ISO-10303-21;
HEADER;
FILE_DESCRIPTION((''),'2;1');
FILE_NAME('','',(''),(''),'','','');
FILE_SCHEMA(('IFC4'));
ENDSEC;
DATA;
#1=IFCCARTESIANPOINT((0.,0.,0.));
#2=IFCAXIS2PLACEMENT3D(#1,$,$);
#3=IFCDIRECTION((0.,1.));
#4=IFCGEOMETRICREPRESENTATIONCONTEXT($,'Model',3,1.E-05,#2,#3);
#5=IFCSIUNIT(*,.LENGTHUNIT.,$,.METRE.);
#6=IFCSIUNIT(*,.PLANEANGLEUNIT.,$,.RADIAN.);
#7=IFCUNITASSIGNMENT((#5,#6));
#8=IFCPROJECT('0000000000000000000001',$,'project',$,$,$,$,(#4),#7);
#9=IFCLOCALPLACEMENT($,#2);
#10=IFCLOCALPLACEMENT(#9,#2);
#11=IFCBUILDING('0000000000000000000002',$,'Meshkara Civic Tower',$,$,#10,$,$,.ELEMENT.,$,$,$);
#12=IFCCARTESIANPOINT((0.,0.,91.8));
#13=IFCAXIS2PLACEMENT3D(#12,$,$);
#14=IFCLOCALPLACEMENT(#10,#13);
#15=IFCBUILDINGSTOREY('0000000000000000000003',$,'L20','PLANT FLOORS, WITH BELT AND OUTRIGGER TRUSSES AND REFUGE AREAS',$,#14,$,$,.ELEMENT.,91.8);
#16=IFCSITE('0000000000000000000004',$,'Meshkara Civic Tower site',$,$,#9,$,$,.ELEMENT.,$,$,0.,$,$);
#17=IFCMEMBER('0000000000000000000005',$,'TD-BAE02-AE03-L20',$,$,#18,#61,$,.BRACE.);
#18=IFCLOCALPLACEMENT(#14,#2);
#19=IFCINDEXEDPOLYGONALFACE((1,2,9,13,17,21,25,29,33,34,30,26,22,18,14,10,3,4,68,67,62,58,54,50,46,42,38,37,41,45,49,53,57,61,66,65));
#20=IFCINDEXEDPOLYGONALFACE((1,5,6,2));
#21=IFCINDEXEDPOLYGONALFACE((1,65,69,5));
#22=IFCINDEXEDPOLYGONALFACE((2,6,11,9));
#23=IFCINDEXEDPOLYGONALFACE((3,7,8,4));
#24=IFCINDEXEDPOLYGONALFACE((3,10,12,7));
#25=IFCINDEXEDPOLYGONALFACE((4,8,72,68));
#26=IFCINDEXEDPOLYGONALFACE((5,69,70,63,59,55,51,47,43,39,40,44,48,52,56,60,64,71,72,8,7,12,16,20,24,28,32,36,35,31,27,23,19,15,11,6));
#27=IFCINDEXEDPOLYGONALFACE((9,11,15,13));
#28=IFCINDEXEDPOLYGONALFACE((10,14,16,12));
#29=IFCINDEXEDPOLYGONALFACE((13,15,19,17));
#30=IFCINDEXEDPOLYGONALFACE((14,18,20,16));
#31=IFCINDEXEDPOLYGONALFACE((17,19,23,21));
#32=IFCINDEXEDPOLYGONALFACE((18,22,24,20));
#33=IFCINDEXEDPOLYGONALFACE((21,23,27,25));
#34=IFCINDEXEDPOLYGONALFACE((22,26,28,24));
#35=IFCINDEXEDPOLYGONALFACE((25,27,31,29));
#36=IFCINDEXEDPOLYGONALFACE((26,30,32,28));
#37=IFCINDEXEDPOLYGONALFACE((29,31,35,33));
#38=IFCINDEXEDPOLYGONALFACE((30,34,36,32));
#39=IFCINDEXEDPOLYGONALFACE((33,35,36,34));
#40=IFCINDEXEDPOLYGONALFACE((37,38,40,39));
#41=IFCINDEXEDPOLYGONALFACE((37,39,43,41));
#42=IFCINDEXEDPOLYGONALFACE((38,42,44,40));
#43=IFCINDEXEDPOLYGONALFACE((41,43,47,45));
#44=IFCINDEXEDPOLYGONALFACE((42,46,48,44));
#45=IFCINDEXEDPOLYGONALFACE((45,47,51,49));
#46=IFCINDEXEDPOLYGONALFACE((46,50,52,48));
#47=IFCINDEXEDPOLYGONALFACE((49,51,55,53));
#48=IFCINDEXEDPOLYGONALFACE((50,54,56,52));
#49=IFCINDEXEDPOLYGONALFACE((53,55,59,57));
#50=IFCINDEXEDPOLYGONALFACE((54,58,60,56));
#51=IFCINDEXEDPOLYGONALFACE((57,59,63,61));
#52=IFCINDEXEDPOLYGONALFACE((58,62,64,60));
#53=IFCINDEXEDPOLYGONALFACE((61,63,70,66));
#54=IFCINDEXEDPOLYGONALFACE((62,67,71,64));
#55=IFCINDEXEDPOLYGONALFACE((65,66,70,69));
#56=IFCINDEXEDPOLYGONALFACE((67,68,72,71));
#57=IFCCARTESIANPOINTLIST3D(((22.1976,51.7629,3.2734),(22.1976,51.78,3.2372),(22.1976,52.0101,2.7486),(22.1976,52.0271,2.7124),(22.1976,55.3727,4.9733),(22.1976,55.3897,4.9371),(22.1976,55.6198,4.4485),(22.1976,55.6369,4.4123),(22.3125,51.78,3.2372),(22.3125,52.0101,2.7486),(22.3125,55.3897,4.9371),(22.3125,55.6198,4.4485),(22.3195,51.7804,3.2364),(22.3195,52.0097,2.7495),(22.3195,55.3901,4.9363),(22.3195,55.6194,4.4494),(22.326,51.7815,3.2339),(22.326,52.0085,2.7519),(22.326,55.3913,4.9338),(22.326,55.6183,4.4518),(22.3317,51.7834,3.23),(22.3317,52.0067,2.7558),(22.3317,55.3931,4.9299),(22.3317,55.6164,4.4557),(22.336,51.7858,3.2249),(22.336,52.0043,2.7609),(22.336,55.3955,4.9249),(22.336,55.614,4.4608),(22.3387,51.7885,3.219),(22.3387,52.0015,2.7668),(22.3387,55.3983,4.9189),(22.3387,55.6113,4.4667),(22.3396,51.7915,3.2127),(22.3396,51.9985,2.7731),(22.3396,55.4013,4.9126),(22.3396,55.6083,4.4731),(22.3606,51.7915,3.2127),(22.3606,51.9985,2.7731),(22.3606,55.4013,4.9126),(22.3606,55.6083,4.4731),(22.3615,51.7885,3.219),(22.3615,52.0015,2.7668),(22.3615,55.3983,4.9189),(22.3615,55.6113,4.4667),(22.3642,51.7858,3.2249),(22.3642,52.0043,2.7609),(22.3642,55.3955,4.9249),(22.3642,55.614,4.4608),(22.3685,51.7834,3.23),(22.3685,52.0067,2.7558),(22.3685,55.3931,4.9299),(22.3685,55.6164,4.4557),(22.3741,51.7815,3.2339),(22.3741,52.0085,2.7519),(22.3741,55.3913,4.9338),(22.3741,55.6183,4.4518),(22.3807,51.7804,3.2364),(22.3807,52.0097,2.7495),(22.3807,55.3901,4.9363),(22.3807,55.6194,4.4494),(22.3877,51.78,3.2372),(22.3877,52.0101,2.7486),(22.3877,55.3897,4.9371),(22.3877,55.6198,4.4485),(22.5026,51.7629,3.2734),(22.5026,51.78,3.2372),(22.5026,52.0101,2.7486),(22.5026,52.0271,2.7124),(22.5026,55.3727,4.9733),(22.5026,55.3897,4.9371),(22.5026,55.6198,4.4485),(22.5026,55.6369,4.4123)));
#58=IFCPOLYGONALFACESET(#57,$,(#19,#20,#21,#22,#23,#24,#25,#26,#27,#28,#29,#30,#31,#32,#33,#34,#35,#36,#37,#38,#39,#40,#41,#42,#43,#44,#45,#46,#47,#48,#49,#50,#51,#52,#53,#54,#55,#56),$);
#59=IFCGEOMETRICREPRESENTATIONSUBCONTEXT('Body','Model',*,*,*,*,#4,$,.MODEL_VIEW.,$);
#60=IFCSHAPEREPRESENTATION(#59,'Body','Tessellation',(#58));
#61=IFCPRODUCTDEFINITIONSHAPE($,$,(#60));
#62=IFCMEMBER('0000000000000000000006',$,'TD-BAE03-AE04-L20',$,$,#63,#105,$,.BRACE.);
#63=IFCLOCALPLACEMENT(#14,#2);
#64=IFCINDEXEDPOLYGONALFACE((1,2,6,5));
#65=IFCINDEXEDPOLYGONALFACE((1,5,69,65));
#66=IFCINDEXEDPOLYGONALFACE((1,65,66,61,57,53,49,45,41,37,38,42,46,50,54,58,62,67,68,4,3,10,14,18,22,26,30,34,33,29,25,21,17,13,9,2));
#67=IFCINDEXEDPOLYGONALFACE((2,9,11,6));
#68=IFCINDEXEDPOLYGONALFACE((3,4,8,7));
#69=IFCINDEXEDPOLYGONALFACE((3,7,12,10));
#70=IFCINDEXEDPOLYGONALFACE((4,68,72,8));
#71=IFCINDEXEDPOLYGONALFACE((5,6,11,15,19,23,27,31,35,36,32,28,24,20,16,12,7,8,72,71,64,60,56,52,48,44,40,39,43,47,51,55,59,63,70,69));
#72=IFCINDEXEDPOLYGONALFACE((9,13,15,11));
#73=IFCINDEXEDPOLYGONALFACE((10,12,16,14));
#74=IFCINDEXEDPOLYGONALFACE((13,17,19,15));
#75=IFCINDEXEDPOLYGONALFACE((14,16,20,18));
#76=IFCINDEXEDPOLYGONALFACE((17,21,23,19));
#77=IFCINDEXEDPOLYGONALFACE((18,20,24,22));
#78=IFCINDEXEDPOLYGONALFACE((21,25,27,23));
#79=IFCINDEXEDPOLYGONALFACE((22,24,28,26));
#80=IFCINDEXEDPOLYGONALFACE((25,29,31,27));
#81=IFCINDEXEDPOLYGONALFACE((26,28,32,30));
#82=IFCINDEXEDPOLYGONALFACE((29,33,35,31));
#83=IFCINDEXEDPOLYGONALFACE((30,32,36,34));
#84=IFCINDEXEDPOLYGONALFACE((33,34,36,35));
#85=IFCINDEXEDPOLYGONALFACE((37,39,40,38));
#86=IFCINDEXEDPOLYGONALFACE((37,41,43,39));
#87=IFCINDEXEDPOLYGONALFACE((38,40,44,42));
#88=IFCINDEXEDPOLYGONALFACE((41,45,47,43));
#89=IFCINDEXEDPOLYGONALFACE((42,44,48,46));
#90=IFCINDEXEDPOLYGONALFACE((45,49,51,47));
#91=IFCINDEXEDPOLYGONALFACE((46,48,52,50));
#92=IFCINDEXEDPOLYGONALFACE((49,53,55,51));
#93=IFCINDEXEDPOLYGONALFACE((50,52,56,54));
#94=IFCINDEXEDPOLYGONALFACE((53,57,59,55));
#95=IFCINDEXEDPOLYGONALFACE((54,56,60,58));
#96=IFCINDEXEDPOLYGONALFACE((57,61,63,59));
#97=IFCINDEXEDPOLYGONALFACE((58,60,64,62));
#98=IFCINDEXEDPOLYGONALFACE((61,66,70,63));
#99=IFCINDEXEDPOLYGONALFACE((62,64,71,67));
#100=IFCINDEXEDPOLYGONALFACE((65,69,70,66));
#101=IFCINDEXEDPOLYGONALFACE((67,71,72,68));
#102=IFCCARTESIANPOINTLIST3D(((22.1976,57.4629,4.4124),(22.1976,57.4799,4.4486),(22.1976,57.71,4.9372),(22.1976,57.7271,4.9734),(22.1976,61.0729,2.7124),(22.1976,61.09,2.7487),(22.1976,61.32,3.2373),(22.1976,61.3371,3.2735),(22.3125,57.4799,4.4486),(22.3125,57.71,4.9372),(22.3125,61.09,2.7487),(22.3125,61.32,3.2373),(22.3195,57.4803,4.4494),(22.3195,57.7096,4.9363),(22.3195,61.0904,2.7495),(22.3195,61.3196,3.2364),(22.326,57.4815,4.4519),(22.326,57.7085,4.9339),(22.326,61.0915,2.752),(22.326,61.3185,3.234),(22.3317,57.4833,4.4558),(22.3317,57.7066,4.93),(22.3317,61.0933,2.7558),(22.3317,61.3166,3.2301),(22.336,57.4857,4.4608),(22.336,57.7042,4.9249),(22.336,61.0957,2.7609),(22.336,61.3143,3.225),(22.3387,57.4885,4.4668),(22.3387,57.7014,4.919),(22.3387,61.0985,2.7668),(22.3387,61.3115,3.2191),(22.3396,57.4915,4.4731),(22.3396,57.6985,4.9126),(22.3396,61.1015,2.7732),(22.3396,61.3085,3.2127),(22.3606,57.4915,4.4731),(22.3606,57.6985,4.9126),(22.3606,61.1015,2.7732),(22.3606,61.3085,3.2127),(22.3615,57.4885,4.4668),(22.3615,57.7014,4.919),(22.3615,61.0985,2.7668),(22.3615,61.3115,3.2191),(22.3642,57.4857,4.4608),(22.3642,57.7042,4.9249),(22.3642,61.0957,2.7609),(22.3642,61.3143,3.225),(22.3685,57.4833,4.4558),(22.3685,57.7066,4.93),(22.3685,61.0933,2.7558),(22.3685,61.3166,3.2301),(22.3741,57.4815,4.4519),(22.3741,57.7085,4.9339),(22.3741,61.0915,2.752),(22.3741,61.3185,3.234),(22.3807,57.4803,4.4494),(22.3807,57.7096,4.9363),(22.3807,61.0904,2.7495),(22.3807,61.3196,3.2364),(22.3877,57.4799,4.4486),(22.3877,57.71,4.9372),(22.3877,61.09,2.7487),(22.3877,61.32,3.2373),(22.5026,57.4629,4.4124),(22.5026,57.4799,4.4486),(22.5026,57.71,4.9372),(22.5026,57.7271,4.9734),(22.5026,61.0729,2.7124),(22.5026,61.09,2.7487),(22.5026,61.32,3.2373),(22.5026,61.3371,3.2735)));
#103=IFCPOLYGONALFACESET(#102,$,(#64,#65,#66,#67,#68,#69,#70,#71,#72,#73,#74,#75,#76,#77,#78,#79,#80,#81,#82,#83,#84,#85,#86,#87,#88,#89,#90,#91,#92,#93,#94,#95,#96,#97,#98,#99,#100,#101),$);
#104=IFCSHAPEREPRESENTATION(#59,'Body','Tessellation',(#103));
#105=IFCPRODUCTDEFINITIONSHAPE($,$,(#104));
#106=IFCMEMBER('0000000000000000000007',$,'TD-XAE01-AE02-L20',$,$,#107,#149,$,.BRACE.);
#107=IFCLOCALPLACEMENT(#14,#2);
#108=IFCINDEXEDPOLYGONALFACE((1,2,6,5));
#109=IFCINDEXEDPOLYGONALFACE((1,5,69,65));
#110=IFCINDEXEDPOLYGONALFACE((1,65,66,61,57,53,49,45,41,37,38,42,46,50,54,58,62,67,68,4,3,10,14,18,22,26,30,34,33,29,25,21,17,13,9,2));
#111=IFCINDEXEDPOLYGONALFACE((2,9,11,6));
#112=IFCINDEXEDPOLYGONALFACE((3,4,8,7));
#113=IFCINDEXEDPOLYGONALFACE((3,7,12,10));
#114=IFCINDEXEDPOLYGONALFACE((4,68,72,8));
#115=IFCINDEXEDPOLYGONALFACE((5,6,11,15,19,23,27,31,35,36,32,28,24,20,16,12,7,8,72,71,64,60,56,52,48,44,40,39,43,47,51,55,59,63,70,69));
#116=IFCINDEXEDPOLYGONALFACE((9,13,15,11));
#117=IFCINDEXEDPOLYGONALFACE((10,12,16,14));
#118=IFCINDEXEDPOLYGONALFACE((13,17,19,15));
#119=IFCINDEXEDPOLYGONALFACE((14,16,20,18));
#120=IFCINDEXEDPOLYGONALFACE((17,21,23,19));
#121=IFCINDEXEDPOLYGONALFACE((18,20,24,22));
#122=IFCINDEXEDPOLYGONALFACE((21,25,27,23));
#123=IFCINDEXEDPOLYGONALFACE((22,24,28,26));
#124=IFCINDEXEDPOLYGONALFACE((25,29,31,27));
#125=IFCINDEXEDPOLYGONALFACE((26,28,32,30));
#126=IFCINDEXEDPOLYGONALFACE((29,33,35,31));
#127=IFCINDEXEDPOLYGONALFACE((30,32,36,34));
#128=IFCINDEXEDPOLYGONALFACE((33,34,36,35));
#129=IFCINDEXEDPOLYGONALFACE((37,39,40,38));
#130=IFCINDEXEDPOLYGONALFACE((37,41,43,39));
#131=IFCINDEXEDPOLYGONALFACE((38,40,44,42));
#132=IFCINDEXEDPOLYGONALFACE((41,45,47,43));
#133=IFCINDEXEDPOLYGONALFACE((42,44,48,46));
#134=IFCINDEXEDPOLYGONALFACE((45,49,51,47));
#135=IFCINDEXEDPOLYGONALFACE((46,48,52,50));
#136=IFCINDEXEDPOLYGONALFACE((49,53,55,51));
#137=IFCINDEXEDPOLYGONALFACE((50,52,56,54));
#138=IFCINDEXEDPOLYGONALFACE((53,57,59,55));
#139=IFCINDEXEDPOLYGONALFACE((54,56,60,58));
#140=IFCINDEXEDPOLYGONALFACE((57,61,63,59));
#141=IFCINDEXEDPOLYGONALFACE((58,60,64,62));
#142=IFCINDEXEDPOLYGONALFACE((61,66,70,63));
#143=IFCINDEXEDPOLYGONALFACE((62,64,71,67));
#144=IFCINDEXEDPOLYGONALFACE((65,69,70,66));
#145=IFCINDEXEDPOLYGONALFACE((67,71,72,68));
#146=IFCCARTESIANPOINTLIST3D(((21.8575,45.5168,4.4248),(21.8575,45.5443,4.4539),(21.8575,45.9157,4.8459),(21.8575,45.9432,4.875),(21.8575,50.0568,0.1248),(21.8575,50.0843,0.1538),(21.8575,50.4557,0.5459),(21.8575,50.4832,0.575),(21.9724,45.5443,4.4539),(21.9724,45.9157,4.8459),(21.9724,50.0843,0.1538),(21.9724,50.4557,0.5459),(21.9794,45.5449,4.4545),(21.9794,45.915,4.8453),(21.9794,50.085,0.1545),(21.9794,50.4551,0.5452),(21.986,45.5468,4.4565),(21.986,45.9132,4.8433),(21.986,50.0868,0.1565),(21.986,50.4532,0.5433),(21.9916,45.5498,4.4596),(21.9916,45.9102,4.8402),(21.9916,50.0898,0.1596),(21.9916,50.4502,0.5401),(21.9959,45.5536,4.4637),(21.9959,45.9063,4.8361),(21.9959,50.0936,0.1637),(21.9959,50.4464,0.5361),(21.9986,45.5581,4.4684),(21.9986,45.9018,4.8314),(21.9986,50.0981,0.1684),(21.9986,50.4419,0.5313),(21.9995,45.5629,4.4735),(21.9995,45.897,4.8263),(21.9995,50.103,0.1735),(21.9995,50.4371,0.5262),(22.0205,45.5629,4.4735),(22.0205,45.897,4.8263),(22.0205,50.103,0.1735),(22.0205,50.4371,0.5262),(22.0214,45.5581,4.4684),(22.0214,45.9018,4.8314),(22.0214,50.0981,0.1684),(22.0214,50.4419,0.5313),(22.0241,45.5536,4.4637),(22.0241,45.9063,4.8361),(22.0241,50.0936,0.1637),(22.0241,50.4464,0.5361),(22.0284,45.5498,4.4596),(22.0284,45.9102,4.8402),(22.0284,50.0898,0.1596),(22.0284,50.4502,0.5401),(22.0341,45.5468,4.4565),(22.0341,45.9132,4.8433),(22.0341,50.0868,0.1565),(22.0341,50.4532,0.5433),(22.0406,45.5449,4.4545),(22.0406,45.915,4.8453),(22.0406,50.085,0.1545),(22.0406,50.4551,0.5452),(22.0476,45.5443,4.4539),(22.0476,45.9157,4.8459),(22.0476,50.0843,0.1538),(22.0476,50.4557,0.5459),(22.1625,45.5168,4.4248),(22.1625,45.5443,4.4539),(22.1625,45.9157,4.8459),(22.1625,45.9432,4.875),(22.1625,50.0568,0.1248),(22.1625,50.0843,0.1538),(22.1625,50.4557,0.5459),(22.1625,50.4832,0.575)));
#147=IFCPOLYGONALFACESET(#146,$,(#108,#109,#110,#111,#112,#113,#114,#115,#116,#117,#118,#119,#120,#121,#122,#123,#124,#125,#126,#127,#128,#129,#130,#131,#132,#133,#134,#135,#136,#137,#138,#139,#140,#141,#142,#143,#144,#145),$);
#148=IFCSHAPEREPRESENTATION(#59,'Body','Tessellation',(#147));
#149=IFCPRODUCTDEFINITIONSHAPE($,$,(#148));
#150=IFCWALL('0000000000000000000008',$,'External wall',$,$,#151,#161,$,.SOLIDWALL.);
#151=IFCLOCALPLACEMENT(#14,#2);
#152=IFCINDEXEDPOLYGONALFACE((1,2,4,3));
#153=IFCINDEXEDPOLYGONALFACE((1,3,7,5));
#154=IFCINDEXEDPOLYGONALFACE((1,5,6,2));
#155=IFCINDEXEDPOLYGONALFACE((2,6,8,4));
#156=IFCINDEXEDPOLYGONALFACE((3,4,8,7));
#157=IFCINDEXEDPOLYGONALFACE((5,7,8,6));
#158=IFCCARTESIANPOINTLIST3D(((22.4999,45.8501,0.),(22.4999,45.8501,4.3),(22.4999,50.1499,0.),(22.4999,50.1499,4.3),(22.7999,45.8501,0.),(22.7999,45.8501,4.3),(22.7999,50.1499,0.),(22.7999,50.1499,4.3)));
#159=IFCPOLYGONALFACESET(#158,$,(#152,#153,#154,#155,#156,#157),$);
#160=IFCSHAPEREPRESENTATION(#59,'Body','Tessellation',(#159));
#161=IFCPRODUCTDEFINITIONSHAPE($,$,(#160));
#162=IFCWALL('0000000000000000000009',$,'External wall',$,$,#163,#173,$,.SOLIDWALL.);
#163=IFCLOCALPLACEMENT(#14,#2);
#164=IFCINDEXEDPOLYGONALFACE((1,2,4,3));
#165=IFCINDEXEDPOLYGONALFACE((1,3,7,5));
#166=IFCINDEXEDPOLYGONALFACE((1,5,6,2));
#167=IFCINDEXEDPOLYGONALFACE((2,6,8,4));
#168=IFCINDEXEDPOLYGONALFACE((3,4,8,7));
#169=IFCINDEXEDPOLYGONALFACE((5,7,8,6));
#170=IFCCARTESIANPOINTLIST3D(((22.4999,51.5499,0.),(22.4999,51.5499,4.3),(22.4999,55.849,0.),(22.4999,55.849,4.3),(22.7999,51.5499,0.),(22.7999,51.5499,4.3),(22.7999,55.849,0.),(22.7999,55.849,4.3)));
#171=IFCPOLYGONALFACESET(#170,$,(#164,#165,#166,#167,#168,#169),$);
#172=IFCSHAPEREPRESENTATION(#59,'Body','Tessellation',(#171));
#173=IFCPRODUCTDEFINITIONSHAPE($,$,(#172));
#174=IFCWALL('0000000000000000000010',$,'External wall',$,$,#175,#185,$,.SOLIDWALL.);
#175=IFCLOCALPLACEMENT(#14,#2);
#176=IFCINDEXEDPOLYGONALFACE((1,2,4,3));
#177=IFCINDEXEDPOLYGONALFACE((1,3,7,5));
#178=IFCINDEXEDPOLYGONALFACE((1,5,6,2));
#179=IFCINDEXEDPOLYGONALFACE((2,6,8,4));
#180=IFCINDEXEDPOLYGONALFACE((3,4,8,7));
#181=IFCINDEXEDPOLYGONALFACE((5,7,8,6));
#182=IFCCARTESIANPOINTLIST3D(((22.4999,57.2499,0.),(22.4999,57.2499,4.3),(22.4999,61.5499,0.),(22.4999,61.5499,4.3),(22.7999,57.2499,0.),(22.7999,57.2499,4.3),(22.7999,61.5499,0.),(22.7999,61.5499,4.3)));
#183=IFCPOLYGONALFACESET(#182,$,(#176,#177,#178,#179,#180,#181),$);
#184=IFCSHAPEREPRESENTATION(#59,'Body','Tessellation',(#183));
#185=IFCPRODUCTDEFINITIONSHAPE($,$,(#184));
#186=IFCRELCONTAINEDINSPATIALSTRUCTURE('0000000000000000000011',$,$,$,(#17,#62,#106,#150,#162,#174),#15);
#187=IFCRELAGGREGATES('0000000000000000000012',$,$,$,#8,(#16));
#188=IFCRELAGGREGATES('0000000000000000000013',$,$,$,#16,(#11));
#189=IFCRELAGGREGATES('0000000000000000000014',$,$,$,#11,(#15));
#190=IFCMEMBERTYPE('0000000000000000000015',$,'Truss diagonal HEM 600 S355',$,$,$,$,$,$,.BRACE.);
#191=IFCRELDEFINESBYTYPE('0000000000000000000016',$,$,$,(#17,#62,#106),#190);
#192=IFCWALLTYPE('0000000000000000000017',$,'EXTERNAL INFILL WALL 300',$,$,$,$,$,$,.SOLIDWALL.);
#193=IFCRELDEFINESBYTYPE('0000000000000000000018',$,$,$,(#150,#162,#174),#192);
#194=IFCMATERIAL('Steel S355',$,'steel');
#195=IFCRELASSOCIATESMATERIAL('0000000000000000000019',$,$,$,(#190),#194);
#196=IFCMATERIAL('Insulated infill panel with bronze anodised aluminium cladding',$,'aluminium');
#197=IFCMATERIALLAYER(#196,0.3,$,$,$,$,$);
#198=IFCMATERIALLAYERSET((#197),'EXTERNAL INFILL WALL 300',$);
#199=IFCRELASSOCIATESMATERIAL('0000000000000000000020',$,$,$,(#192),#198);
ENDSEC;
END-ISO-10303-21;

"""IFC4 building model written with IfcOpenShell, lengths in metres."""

from ifc_helpers import new_model, si_unit, direction, frame, frame_2d, origin, origin_2d, place, context, subcontext, project, spatial, rectangle, i_section, extrude, material, layer, layer_set, material_profile, profile_set, type_object, element, save


model = new_model("IFC4")

# Units and contexts
model_context = context("Model", 3, precision=1e-05, world=origin(), true_north=direction((0.0, 1.0)))
body_context = subcontext(model_context, "Body", "Model", "MODEL_VIEW")
ifc_project = project(units=[si_unit("LENGTHUNIT", "METRE"), si_unit("PLANEANGLEUNIT", "RADIAN")], contexts=[model_context])

# Site, building, storey
site_placement = place(None, origin())
site = spatial("IfcSite", under=ifc_project, at=site_placement, Name="Meshkara Civic Tower site", CompositionType="ELEMENT", RefElevation=0.0)
building_placement = place(site_placement, origin())
building = spatial("IfcBuilding", under=site, at=building_placement, Name="Meshkara Civic Tower", CompositionType="ELEMENT")
storey_placement = place(building_placement, frame((0.0, 0.0, 91.8)))
storey = spatial("IfcBuildingStorey", under=building, at=storey_placement, Name="L20", Description="PLANT FLOORS, WITH BELT AND OUTRIGGER TRUSSES AND REFUGE AREAS", CompositionType="ELEMENT", Elevation=91.8)

# Members
ifc_material_1 = material(Name="Steel S355", Category="steel")
ifc_material_profile_1 = material_profile(ifc_material_1, i_section(OverallWidth=0.3049, OverallDepth=0.6201, WebThickness=0.021, FlangeThickness=0.04, FilletRadius=0.0271, at=origin_2d()))
ifc_profile_set_1 = profile_set([ifc_material_profile_1], Name="Steel S355")
member_type_1 = type_object("IfcMemberType", Name="Truss diagonal HEM 600 S355", PredefinedType="BRACE", material=ifc_profile_set_1)
for number, where, z_axis, x_axis, name in (
    (1, (22.3501, 51.895, 2.9929), (0.0, 0.904704, 0.426042), (-1.0, 0.0, 0.0), "TD-BAE02-AE03-L20"),
):
    element("IfcMember", number, at=place(storey_placement, frame(where, z_axis=z_axis, x_axis=x_axis)), inside=storey, type_object=member_type_1, Name=name, PredefinedType="BRACE", context=body_context, shape_type="SweptSolid", body=[
        extrude(i_section(OverallWidth=0.3049, OverallDepth=0.6201, WebThickness=0.021, FlangeThickness=0.04, FilletRadius=0.0271, at=origin_2d()), origin(), (0.0, 0.0, 1.0), 3.99),
    ])
member_1_placement = place(storey_placement, frame((22.3501, 57.595, 4.6929), z_axis=(0.0, 0.904715, -0.426018), x_axis=(-1.0, 0.0, 0.0)))
element("IfcMember", 2, at=member_1_placement, inside=storey, type_object=member_type_1, Name="TD-BAE03-AE04-L20", PredefinedType="BRACE", context=body_context, shape_type="SweptSolid", body=[
    extrude(i_section(OverallWidth=0.3049, OverallDepth=0.6201, WebThickness=0.021, FlangeThickness=0.04, FilletRadius=0.0271, at=origin_2d()), origin(), (0.0, 0.0, 1.0), 3.9902),
])
member_2_placement = place(storey_placement, frame((22.01, 45.73, 4.6499), z_axis=(0.0, 0.726036, -0.687657), x_axis=(-1.0, 0.0, 0.0)))
element("IfcMember", 3, at=member_2_placement, inside=storey, type_object=member_type_1, Name="TD-XAE01-AE02-L20", PredefinedType="BRACE", context=body_context, shape_type="SweptSolid", body=[
    extrude(i_section(OverallWidth=0.3049, OverallDepth=0.6201, WebThickness=0.021, FlangeThickness=0.04, FilletRadius=0.0271, at=origin_2d()), origin(), (0.0, 0.0, 1.0), 6.2532),
])

# Walls
ifc_material_2 = material(Name="Insulated infill panel with bronze anodised aluminium cladding", Category="aluminium")
ifc_layer_1 = layer(ifc_material_2, 0.3)
ifc_layer_set_1 = layer_set([ifc_layer_1], Name="EXTERNAL INFILL WALL 300")
wall_type_1 = type_object("IfcWallType", Name="EXTERNAL INFILL WALL 300", PredefinedType="SOLIDWALL", material=ifc_layer_set_1)
wall_1_placement = place(storey_placement, frame((22.6499, 45.8501, 0.0), z_axis=(0.0, 0.0, 1.0), x_axis=(0.0, 1.0, 0.0)))
element("IfcWall", 4, at=wall_1_placement, inside=storey, type_object=wall_type_1, Name="External wall", PredefinedType="SOLIDWALL", context=body_context, shape_type="SweptSolid", body=[
    extrude(rectangle(XDim=4.2998, YDim=0.3, at=frame_2d((2.1499, 0.0))), origin(), (0.0, 0.0, 1.0), 4.3),
])
wall_2_placement = place(storey_placement, frame((22.6499, 51.55, 0.0), z_axis=(0.0, 0.0, 1.0), x_axis=(0.0, 1.0, 0.0)))
element("IfcWall", 5, at=wall_2_placement, inside=storey, type_object=wall_type_1, Name="External wall", PredefinedType="SOLIDWALL", context=body_context, shape_type="SweptSolid", body=[
    extrude(rectangle(XDim=4.2991, YDim=0.3, at=frame_2d((2.1494, 0.0))), origin(), (0.0, 0.0, 1.0), 4.3),
])
wall_3_placement = place(storey_placement, frame((22.6499, 57.25, 0.0), z_axis=(0.0, 0.0, 1.0), x_axis=(0.0, 1.0, 0.0)))
element("IfcWall", 6, at=wall_3_placement, inside=storey, type_object=wall_type_1, Name="External wall", PredefinedType="SOLIDWALL", context=body_context, shape_type="SweptSolid", body=[
    extrude(rectangle(XDim=4.3, YDim=0.3, at=frame_2d((2.1499, 0.0))), origin(), (0.0, 0.0, 1.0), 4.3),
])

save(model, "model.ifc")
